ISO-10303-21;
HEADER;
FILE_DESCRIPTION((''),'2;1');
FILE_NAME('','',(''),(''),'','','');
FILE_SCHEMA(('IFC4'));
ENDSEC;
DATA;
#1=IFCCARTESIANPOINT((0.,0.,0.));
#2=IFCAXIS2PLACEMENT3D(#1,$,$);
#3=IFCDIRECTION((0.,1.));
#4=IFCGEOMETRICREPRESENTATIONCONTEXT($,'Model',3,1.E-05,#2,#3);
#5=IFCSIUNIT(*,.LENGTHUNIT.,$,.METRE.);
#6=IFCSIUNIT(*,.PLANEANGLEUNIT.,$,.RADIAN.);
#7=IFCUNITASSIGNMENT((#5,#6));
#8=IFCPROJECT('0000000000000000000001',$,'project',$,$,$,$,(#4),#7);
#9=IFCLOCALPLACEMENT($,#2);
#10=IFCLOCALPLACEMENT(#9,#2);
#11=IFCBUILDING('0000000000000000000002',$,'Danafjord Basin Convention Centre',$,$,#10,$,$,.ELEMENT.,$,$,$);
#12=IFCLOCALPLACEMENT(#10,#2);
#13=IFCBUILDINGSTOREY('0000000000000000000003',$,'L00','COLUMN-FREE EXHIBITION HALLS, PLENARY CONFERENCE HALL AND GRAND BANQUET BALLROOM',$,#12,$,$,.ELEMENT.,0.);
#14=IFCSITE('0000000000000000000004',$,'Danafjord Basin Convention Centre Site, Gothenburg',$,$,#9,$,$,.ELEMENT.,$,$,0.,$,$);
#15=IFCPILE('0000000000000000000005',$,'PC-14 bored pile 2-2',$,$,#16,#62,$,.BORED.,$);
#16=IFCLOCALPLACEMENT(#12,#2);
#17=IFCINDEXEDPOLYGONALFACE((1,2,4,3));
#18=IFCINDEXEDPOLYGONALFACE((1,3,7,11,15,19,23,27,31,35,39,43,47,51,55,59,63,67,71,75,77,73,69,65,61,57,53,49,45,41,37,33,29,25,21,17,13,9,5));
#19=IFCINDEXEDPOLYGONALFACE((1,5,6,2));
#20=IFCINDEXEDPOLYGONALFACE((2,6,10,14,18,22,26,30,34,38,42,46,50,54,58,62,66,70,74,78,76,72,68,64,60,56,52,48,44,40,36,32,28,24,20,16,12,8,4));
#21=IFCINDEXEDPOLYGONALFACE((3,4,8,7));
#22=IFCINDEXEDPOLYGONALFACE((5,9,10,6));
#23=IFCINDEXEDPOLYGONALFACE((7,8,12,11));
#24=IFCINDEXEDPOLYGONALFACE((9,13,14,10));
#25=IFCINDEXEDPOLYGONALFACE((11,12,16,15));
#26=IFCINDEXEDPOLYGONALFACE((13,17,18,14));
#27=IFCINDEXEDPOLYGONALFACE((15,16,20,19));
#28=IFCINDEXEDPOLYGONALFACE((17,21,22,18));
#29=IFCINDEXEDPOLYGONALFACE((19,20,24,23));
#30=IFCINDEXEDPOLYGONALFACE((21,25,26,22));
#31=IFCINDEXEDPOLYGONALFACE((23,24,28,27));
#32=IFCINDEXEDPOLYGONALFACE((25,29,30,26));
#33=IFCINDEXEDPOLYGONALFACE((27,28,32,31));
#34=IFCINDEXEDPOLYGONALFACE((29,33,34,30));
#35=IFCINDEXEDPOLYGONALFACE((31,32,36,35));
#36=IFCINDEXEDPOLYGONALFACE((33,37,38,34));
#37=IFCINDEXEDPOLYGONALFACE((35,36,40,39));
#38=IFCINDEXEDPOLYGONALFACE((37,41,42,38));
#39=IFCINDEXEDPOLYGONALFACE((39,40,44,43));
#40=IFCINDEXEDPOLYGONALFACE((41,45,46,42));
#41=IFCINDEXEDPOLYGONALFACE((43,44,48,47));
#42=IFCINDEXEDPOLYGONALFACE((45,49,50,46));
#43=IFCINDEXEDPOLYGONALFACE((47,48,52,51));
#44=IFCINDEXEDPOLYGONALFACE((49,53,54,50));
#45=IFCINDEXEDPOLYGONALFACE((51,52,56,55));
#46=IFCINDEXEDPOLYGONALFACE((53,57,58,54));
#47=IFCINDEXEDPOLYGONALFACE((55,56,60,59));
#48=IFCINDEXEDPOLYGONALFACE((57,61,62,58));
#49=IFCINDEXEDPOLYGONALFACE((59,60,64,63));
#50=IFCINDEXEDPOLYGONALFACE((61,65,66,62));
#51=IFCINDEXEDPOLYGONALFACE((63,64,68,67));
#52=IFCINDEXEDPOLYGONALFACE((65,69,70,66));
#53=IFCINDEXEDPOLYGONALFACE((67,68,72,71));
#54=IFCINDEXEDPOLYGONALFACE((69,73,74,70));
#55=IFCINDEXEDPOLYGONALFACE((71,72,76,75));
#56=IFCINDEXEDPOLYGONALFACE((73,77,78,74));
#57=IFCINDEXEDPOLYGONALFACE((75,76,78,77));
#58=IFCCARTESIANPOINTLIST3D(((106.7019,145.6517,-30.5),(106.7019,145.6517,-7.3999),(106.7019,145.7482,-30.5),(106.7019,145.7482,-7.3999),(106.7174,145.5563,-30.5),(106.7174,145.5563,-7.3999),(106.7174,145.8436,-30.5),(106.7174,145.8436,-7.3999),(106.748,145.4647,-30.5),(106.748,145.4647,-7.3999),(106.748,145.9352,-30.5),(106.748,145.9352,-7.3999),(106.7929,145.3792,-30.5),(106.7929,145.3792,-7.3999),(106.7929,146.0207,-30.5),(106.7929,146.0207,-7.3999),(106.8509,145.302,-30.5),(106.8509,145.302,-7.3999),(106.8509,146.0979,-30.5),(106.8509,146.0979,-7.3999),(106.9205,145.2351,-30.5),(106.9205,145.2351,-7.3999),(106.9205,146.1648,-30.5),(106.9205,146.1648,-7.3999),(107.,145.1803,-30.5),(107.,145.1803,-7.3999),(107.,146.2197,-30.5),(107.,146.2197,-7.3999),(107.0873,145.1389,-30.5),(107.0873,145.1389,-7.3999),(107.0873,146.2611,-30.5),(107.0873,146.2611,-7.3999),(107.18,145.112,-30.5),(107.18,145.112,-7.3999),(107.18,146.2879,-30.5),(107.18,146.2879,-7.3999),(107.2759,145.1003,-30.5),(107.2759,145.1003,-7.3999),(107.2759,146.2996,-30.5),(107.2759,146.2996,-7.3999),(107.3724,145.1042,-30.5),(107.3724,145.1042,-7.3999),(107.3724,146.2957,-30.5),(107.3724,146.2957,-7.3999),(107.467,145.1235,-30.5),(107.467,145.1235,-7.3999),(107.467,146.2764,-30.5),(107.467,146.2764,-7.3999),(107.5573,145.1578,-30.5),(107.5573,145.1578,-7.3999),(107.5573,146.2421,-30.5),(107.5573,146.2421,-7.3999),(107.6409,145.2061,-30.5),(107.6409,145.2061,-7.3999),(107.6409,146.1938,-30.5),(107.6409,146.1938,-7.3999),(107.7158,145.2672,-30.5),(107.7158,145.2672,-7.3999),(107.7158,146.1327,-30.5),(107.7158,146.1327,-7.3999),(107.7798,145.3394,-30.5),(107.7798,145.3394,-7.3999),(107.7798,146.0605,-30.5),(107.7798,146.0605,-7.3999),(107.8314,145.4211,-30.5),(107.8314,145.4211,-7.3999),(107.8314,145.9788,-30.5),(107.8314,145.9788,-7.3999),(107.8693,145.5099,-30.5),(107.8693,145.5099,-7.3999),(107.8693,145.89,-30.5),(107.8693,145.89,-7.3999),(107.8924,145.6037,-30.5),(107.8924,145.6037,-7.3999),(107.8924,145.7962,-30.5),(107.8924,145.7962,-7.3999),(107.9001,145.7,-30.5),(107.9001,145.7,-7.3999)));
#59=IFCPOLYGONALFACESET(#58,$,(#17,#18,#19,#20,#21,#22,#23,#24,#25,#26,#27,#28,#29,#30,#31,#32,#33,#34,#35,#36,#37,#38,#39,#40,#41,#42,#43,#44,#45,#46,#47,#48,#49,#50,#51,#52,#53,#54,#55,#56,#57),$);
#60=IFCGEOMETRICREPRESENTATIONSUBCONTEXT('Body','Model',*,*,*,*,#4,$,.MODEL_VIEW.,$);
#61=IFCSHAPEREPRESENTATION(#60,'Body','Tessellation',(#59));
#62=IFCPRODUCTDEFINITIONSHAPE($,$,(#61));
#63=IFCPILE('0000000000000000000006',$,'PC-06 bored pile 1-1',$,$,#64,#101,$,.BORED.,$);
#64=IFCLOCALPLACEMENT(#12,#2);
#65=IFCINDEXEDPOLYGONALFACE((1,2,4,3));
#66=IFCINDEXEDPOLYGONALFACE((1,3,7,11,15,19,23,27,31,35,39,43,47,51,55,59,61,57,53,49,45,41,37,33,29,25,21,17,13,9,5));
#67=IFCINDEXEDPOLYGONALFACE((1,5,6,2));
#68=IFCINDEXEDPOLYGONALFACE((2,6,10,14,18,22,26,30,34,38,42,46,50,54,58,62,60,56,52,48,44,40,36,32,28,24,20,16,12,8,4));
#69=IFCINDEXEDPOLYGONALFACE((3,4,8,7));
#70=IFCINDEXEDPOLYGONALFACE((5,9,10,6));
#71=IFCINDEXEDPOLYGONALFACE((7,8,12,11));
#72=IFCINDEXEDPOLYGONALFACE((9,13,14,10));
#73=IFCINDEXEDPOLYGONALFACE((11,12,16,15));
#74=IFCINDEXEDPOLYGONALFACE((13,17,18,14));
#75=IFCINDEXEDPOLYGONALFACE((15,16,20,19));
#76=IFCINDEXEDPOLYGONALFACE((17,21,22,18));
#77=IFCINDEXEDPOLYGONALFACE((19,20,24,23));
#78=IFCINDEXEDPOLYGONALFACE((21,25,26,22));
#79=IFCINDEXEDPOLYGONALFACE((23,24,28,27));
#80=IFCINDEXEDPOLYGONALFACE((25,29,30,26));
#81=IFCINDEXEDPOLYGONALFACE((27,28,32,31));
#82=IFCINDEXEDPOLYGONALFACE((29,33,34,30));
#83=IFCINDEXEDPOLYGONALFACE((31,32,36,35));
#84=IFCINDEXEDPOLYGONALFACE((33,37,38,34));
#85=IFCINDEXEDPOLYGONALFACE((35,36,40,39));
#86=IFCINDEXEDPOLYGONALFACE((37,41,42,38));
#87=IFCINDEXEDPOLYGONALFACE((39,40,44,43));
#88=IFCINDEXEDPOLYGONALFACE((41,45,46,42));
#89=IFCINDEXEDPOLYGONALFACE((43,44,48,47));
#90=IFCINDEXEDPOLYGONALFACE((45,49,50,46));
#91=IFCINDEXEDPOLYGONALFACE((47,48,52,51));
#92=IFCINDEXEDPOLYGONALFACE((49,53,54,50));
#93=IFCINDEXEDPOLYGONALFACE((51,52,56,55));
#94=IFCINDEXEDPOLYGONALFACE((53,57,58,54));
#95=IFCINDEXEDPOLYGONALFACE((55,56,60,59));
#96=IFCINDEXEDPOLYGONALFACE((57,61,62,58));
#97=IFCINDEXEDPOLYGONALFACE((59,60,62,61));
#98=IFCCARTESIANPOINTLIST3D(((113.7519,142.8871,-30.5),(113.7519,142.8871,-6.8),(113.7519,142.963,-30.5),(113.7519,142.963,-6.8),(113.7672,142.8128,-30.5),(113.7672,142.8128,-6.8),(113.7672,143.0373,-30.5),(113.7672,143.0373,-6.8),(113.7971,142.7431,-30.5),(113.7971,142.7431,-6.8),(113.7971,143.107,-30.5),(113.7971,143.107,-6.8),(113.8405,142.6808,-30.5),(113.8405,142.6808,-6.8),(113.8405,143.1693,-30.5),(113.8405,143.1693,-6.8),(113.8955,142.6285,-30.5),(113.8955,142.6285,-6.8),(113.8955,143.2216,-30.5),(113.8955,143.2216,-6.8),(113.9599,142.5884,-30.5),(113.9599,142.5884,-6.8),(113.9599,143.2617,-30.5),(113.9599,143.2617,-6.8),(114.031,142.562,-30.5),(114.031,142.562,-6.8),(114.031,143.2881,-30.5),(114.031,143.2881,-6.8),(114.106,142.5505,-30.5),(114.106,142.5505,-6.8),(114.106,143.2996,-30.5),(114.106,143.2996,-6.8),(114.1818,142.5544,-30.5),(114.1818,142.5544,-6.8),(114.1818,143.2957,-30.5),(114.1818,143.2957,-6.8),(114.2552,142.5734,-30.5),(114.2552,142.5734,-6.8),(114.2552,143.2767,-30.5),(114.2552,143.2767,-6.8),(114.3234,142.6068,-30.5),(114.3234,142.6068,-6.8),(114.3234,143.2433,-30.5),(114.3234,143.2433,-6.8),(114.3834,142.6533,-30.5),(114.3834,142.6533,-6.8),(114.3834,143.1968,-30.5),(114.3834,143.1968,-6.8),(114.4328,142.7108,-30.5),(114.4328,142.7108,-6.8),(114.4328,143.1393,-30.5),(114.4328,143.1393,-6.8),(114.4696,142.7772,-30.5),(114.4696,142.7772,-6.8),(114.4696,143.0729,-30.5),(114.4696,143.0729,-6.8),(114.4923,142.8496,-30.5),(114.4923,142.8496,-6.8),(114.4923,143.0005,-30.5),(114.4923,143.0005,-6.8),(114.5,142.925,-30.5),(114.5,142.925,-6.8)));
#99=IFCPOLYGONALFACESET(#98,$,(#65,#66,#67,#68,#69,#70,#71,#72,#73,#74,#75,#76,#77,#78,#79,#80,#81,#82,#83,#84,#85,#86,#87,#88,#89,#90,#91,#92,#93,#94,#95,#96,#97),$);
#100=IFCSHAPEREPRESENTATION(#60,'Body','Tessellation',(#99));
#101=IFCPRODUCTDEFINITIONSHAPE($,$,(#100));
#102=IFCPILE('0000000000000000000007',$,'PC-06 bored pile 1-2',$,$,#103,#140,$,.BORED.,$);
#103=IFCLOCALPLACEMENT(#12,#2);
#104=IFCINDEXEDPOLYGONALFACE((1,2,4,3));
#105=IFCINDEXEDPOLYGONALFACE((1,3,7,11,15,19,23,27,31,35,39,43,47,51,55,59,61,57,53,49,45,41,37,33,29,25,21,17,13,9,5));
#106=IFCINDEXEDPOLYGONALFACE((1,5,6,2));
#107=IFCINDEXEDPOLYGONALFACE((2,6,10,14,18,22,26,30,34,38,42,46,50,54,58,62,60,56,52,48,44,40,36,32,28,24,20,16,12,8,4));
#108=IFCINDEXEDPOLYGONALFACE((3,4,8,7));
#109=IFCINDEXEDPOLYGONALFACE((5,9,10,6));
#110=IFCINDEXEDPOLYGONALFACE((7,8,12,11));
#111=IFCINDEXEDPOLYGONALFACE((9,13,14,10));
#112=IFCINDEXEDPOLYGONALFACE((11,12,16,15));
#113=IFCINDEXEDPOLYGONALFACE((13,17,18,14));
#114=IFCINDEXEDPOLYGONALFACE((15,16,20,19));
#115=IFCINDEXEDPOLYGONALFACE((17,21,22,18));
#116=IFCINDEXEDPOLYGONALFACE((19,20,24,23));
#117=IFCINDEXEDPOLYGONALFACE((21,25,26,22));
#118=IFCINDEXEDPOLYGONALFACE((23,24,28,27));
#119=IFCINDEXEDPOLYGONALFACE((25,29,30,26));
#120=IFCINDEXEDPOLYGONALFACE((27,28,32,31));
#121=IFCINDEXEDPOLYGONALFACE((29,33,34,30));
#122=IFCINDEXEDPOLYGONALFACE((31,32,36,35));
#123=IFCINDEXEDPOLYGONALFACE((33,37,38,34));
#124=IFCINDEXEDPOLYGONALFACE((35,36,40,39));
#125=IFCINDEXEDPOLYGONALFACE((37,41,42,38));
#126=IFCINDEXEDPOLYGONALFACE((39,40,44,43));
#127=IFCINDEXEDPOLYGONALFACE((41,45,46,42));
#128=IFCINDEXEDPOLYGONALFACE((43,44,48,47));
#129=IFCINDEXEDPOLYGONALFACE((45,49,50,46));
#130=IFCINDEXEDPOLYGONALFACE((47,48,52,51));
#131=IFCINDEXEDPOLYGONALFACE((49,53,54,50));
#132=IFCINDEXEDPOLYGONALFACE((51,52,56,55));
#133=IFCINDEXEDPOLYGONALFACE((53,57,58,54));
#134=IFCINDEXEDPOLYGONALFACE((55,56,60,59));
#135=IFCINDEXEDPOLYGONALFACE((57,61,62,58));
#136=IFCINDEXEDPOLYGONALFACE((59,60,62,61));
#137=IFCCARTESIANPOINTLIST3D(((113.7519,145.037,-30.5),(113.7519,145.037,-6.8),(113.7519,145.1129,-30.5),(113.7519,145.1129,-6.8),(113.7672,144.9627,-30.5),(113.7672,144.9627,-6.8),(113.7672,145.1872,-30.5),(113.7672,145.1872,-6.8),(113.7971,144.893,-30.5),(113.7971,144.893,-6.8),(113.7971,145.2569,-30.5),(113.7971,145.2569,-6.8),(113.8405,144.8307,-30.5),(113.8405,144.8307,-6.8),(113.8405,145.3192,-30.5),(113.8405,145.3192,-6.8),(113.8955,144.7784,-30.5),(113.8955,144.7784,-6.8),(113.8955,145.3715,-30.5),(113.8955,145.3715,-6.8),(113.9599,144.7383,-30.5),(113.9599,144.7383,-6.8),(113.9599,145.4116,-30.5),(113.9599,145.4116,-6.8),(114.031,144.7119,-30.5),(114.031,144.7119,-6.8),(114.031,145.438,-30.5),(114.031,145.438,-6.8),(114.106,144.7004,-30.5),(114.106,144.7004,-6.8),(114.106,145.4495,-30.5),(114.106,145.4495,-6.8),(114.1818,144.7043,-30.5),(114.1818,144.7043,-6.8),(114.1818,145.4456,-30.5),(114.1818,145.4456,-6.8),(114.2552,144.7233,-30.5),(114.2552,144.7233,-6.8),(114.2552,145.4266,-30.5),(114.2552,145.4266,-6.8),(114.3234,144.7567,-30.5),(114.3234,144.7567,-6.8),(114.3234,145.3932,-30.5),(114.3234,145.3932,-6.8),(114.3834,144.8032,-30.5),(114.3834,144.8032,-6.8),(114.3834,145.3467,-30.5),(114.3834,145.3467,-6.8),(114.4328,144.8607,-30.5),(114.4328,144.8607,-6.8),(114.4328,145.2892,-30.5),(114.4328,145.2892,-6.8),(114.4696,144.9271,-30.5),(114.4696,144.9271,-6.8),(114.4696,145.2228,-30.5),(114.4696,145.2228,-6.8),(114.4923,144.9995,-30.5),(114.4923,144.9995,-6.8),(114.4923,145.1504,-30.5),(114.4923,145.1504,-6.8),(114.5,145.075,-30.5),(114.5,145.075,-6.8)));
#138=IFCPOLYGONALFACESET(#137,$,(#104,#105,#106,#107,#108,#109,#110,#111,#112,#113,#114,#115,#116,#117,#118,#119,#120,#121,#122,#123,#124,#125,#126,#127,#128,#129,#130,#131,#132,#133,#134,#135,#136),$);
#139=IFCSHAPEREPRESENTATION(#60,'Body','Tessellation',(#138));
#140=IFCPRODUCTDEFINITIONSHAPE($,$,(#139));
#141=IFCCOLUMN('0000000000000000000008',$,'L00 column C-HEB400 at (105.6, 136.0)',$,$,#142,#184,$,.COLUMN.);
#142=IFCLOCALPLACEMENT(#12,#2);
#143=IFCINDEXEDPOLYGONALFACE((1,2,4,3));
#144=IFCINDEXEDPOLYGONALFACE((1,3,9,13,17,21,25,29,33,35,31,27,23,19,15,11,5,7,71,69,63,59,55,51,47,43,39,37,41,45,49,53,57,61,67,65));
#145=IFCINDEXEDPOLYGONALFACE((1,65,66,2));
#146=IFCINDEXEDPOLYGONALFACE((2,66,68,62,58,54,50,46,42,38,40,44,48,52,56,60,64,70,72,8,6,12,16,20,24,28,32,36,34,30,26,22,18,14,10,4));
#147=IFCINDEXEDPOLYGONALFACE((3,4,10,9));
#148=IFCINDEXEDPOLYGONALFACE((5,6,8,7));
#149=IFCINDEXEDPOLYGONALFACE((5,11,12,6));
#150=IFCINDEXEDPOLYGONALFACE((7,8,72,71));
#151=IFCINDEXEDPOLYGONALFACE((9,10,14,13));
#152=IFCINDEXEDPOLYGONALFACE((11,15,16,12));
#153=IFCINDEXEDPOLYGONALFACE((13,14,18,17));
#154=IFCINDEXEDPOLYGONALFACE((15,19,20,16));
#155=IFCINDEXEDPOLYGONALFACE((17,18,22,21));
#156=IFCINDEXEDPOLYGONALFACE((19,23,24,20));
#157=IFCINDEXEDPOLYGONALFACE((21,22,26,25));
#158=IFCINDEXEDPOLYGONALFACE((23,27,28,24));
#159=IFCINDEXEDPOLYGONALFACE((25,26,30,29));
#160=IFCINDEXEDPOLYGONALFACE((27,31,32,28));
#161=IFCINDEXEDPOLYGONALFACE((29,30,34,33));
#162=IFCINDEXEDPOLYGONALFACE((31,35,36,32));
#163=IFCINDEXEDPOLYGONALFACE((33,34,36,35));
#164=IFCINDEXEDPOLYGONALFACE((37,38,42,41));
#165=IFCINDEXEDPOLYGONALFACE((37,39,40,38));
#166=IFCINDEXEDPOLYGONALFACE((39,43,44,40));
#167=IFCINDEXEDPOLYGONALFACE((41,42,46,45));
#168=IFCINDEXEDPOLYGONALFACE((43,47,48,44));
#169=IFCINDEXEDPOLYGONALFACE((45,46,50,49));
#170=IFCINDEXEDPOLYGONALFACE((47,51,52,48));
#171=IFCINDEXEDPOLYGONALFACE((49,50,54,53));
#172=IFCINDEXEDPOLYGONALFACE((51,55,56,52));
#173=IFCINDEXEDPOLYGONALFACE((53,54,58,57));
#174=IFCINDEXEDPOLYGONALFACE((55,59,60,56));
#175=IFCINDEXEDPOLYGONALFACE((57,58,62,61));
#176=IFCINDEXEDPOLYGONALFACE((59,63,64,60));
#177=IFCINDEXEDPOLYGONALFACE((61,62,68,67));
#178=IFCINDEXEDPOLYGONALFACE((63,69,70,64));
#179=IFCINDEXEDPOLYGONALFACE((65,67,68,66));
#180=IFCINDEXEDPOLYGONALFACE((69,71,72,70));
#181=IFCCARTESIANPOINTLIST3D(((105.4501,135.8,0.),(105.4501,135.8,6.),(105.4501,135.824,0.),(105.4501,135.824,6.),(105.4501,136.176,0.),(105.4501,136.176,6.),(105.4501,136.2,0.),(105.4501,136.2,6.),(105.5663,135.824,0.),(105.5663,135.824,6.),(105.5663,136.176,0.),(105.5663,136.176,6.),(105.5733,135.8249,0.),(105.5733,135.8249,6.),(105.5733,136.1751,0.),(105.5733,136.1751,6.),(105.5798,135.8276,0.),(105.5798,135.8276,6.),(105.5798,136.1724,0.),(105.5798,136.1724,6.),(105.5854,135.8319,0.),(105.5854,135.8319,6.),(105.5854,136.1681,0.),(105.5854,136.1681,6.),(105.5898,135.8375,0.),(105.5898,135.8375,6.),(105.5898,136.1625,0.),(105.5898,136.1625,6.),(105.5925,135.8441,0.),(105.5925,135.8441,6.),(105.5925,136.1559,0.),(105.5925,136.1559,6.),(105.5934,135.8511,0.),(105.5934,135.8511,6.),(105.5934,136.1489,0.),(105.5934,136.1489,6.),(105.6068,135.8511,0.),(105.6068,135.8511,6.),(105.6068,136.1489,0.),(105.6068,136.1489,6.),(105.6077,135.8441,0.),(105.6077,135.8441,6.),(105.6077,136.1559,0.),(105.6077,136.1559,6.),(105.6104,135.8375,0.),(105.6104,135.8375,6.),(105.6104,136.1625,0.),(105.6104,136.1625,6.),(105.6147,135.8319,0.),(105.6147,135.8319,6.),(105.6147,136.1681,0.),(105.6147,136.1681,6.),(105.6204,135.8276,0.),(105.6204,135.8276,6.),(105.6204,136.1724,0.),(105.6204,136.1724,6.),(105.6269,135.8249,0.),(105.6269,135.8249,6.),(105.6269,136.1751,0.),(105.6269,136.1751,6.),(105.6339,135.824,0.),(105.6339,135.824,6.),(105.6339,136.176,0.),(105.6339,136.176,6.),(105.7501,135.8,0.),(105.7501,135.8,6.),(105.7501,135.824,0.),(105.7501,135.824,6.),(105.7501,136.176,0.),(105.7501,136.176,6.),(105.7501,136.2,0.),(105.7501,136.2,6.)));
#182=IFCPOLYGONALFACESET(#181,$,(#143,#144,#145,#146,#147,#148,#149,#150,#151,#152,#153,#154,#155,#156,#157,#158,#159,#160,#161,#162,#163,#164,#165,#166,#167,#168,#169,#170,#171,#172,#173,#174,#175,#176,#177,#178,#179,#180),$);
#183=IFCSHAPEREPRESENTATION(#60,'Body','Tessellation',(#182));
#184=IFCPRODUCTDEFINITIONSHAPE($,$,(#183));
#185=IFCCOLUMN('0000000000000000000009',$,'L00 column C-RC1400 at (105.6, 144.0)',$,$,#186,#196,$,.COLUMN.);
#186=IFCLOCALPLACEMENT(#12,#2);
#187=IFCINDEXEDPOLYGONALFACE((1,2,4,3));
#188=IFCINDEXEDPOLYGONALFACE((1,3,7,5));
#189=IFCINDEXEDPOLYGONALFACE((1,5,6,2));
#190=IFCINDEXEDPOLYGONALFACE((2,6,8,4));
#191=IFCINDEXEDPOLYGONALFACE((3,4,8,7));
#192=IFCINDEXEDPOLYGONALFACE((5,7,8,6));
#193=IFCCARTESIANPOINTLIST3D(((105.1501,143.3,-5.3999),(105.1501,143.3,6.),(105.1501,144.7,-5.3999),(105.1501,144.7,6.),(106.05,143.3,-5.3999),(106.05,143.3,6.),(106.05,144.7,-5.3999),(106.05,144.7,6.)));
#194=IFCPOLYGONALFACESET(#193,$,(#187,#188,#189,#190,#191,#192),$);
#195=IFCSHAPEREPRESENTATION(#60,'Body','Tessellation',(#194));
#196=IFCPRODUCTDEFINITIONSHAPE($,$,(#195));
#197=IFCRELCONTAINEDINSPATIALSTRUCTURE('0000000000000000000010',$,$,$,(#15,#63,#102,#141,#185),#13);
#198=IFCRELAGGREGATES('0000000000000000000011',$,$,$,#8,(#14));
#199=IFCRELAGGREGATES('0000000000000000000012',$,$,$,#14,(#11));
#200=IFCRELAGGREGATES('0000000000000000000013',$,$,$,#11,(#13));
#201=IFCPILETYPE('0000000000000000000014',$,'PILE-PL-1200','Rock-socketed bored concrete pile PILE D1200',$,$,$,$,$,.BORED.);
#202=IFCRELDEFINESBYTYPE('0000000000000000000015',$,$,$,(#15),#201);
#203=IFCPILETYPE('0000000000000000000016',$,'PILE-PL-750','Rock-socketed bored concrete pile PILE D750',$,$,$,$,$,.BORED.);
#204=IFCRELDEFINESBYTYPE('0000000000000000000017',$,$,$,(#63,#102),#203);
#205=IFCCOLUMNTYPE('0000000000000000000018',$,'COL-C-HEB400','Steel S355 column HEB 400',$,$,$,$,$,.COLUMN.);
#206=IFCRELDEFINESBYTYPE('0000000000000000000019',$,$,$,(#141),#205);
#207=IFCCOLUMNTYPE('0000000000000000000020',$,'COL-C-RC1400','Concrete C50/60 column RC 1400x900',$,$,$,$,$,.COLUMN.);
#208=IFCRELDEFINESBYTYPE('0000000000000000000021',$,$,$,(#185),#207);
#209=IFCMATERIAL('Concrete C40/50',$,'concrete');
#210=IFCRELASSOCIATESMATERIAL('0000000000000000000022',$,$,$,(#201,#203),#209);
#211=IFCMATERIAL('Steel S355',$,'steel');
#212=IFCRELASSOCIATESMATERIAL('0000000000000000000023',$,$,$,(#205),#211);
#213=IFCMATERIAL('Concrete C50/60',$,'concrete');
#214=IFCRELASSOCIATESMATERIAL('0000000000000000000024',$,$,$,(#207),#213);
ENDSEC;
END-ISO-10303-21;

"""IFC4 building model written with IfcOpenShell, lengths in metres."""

from ifc_helpers import new_model, si_unit, direction, frame, origin, origin_2d, place, context, subcontext, project, spatial, rectangle, circle, i_section, extrude, material, material_profile, profile_set, type_object, element, save


model = new_model("IFC4")

# Units and contexts
model_context = context("Model", 3, precision=1e-05, world=origin(), true_north=direction((0.0, 1.0)))
body_context = subcontext(model_context, "Body", "Model", "MODEL_VIEW")
ifc_project = project(units=[si_unit("LENGTHUNIT", "METRE"), si_unit("PLANEANGLEUNIT", "RADIAN")], contexts=[model_context])

# Site, building, storey
site_placement = place(None, origin())
site = spatial("IfcSite", under=ifc_project, at=site_placement, Name="Danafjord Basin Convention Centre Site, Gothenburg", CompositionType="ELEMENT", RefElevation=0.0)
building_placement = place(site_placement, origin())
building = spatial("IfcBuilding", under=site, at=building_placement, Name="Danafjord Basin Convention Centre", CompositionType="ELEMENT")
storey_placement = place(building_placement, origin())
storey = spatial("IfcBuildingStorey", under=building, at=storey_placement, Name="L00", Description="COLUMN-FREE EXHIBITION HALLS, PLENARY CONFERENCE HALL AND GRAND BANQUET BALLROOM", CompositionType="ELEMENT", Elevation=0.0)

# Shared definitions
ifc_material_1 = material(Name="Concrete C40/50", Category="concrete")

# Piles
ifc_material_profile_1 = material_profile(ifc_material_1, circle(Radius=0.6001, at=origin_2d()), Name="PILE D1200")
ifc_profile_set_1 = profile_set([ifc_material_profile_1], Name="Concrete C40/50")
pile_type_1 = type_object("IfcPileType", Name="PILE-PL-1200", Description="Rock-socketed bored concrete pile PILE D1200", PredefinedType="BORED", material=ifc_profile_set_1)
for number, where, z_axis, x_axis, name in (
    (1, (107.3, 145.7, -7.3999), (0.0, 0.0, -1.0), (1.0, 0.0, 0.0), "PC-14 bored pile 2-2"),
):
    element("IfcPile", number, at=place(storey_placement, frame(where, z_axis=z_axis, x_axis=x_axis)), inside=storey, type_object=pile_type_1, Name=name, PredefinedType="BORED", context=body_context, shape_type="SweptSolid", body=[
        extrude(circle(Radius=0.6001, at=origin_2d()), origin(), (0.0, 0.0, 1.0), 23.1001),
    ])
ifc_material_profile_2 = material_profile(ifc_material_1, circle(Radius=0.375, at=origin_2d()), Name="PILE D750")
ifc_profile_set_2 = profile_set([ifc_material_profile_2], Name="Concrete C40/50")
pile_type_2 = type_object("IfcPileType", Name="PILE-PL-750", Description="Rock-socketed bored concrete pile PILE D750", PredefinedType="BORED", material=ifc_profile_set_2)
for number, where, z_axis, x_axis, name in (
    (2, (114.125, 142.925, -6.8), (0.0, 0.0, -1.0), (1.0, 0.0, 0.0), "PC-06 bored pile 1-1"),
    (3, (114.125, 145.075, -6.8), (0.0, 0.0, -1.0), (1.0, 0.0, 0.0), "PC-06 bored pile 1-2"),
):
    element("IfcPile", number, at=place(storey_placement, frame(where, z_axis=z_axis, x_axis=x_axis)), inside=storey, type_object=pile_type_2, Name=name, PredefinedType="BORED", context=body_context, shape_type="SweptSolid", body=[
        extrude(circle(Radius=0.375, at=origin_2d()), origin(), (0.0, 0.0, 1.0), 23.7),
    ])

# Columns
ifc_material_2 = material(Name="Steel S355", Category="steel")
ifc_material_profile_3 = material_profile(ifc_material_2, i_section(OverallWidth=0.3, OverallDepth=0.3999, WebThickness=0.0134, FlangeThickness=0.0239, FilletRadius=0.0271, at=origin_2d()), Name="HEB 400")
ifc_profile_set_3 = profile_set([ifc_material_profile_3], Name="Steel S355")
column_type_1 = type_object("IfcColumnType", Name="COL-C-HEB400", Description="Steel S355 column HEB 400", PredefinedType="COLUMN", material=ifc_profile_set_3)
column_1_placement = place(storey_placement, frame((105.6001, 136.0, 0.0), z_axis=(0.0, 0.0, 1.0), x_axis=(1.0, 0.0, 0.0)))
element("IfcColumn", 4, at=column_1_placement, inside=storey, type_object=column_type_1, Name="L00 column C-HEB400 at (105.6, 136.0)", PredefinedType="COLUMN", context=body_context, shape_type="SweptSolid", body=[
    extrude(i_section(OverallWidth=0.3, OverallDepth=0.3999, WebThickness=0.0134, FlangeThickness=0.0239, FilletRadius=0.0271, at=origin_2d()), origin(), (0.0, 0.0, 1.0), 6.0),
])
ifc_material_3 = material(Name="Concrete C50/60", Category="concrete")
ifc_material_profile_4 = material_profile(ifc_material_3, rectangle(XDim=0.8999, YDim=1.3999, at=origin_2d()), Name="RC 1400x900")
ifc_profile_set_4 = profile_set([ifc_material_profile_4], Name="Concrete C50/60")
column_type_2 = type_object("IfcColumnType", Name="COL-C-RC1400", Description="Concrete C50/60 column RC 1400x900", PredefinedType="COLUMN", material=ifc_profile_set_4)
column_2_placement = place(storey_placement, frame((105.6001, 144.0, -5.3999), z_axis=(0.0, 0.0, 1.0), x_axis=(1.0, 0.0, 0.0)))
element("IfcColumn", 5, at=column_2_placement, inside=storey, type_object=column_type_2, Name="L00 column C-RC1400 at (105.6, 144.0)", PredefinedType="COLUMN", context=body_context, shape_type="SweptSolid", body=[
    extrude(rectangle(XDim=0.8999, YDim=1.3999, at=origin_2d()), origin(), (0.0, 0.0, 1.0), 11.3999),
])

save(model, "model.ifc")
